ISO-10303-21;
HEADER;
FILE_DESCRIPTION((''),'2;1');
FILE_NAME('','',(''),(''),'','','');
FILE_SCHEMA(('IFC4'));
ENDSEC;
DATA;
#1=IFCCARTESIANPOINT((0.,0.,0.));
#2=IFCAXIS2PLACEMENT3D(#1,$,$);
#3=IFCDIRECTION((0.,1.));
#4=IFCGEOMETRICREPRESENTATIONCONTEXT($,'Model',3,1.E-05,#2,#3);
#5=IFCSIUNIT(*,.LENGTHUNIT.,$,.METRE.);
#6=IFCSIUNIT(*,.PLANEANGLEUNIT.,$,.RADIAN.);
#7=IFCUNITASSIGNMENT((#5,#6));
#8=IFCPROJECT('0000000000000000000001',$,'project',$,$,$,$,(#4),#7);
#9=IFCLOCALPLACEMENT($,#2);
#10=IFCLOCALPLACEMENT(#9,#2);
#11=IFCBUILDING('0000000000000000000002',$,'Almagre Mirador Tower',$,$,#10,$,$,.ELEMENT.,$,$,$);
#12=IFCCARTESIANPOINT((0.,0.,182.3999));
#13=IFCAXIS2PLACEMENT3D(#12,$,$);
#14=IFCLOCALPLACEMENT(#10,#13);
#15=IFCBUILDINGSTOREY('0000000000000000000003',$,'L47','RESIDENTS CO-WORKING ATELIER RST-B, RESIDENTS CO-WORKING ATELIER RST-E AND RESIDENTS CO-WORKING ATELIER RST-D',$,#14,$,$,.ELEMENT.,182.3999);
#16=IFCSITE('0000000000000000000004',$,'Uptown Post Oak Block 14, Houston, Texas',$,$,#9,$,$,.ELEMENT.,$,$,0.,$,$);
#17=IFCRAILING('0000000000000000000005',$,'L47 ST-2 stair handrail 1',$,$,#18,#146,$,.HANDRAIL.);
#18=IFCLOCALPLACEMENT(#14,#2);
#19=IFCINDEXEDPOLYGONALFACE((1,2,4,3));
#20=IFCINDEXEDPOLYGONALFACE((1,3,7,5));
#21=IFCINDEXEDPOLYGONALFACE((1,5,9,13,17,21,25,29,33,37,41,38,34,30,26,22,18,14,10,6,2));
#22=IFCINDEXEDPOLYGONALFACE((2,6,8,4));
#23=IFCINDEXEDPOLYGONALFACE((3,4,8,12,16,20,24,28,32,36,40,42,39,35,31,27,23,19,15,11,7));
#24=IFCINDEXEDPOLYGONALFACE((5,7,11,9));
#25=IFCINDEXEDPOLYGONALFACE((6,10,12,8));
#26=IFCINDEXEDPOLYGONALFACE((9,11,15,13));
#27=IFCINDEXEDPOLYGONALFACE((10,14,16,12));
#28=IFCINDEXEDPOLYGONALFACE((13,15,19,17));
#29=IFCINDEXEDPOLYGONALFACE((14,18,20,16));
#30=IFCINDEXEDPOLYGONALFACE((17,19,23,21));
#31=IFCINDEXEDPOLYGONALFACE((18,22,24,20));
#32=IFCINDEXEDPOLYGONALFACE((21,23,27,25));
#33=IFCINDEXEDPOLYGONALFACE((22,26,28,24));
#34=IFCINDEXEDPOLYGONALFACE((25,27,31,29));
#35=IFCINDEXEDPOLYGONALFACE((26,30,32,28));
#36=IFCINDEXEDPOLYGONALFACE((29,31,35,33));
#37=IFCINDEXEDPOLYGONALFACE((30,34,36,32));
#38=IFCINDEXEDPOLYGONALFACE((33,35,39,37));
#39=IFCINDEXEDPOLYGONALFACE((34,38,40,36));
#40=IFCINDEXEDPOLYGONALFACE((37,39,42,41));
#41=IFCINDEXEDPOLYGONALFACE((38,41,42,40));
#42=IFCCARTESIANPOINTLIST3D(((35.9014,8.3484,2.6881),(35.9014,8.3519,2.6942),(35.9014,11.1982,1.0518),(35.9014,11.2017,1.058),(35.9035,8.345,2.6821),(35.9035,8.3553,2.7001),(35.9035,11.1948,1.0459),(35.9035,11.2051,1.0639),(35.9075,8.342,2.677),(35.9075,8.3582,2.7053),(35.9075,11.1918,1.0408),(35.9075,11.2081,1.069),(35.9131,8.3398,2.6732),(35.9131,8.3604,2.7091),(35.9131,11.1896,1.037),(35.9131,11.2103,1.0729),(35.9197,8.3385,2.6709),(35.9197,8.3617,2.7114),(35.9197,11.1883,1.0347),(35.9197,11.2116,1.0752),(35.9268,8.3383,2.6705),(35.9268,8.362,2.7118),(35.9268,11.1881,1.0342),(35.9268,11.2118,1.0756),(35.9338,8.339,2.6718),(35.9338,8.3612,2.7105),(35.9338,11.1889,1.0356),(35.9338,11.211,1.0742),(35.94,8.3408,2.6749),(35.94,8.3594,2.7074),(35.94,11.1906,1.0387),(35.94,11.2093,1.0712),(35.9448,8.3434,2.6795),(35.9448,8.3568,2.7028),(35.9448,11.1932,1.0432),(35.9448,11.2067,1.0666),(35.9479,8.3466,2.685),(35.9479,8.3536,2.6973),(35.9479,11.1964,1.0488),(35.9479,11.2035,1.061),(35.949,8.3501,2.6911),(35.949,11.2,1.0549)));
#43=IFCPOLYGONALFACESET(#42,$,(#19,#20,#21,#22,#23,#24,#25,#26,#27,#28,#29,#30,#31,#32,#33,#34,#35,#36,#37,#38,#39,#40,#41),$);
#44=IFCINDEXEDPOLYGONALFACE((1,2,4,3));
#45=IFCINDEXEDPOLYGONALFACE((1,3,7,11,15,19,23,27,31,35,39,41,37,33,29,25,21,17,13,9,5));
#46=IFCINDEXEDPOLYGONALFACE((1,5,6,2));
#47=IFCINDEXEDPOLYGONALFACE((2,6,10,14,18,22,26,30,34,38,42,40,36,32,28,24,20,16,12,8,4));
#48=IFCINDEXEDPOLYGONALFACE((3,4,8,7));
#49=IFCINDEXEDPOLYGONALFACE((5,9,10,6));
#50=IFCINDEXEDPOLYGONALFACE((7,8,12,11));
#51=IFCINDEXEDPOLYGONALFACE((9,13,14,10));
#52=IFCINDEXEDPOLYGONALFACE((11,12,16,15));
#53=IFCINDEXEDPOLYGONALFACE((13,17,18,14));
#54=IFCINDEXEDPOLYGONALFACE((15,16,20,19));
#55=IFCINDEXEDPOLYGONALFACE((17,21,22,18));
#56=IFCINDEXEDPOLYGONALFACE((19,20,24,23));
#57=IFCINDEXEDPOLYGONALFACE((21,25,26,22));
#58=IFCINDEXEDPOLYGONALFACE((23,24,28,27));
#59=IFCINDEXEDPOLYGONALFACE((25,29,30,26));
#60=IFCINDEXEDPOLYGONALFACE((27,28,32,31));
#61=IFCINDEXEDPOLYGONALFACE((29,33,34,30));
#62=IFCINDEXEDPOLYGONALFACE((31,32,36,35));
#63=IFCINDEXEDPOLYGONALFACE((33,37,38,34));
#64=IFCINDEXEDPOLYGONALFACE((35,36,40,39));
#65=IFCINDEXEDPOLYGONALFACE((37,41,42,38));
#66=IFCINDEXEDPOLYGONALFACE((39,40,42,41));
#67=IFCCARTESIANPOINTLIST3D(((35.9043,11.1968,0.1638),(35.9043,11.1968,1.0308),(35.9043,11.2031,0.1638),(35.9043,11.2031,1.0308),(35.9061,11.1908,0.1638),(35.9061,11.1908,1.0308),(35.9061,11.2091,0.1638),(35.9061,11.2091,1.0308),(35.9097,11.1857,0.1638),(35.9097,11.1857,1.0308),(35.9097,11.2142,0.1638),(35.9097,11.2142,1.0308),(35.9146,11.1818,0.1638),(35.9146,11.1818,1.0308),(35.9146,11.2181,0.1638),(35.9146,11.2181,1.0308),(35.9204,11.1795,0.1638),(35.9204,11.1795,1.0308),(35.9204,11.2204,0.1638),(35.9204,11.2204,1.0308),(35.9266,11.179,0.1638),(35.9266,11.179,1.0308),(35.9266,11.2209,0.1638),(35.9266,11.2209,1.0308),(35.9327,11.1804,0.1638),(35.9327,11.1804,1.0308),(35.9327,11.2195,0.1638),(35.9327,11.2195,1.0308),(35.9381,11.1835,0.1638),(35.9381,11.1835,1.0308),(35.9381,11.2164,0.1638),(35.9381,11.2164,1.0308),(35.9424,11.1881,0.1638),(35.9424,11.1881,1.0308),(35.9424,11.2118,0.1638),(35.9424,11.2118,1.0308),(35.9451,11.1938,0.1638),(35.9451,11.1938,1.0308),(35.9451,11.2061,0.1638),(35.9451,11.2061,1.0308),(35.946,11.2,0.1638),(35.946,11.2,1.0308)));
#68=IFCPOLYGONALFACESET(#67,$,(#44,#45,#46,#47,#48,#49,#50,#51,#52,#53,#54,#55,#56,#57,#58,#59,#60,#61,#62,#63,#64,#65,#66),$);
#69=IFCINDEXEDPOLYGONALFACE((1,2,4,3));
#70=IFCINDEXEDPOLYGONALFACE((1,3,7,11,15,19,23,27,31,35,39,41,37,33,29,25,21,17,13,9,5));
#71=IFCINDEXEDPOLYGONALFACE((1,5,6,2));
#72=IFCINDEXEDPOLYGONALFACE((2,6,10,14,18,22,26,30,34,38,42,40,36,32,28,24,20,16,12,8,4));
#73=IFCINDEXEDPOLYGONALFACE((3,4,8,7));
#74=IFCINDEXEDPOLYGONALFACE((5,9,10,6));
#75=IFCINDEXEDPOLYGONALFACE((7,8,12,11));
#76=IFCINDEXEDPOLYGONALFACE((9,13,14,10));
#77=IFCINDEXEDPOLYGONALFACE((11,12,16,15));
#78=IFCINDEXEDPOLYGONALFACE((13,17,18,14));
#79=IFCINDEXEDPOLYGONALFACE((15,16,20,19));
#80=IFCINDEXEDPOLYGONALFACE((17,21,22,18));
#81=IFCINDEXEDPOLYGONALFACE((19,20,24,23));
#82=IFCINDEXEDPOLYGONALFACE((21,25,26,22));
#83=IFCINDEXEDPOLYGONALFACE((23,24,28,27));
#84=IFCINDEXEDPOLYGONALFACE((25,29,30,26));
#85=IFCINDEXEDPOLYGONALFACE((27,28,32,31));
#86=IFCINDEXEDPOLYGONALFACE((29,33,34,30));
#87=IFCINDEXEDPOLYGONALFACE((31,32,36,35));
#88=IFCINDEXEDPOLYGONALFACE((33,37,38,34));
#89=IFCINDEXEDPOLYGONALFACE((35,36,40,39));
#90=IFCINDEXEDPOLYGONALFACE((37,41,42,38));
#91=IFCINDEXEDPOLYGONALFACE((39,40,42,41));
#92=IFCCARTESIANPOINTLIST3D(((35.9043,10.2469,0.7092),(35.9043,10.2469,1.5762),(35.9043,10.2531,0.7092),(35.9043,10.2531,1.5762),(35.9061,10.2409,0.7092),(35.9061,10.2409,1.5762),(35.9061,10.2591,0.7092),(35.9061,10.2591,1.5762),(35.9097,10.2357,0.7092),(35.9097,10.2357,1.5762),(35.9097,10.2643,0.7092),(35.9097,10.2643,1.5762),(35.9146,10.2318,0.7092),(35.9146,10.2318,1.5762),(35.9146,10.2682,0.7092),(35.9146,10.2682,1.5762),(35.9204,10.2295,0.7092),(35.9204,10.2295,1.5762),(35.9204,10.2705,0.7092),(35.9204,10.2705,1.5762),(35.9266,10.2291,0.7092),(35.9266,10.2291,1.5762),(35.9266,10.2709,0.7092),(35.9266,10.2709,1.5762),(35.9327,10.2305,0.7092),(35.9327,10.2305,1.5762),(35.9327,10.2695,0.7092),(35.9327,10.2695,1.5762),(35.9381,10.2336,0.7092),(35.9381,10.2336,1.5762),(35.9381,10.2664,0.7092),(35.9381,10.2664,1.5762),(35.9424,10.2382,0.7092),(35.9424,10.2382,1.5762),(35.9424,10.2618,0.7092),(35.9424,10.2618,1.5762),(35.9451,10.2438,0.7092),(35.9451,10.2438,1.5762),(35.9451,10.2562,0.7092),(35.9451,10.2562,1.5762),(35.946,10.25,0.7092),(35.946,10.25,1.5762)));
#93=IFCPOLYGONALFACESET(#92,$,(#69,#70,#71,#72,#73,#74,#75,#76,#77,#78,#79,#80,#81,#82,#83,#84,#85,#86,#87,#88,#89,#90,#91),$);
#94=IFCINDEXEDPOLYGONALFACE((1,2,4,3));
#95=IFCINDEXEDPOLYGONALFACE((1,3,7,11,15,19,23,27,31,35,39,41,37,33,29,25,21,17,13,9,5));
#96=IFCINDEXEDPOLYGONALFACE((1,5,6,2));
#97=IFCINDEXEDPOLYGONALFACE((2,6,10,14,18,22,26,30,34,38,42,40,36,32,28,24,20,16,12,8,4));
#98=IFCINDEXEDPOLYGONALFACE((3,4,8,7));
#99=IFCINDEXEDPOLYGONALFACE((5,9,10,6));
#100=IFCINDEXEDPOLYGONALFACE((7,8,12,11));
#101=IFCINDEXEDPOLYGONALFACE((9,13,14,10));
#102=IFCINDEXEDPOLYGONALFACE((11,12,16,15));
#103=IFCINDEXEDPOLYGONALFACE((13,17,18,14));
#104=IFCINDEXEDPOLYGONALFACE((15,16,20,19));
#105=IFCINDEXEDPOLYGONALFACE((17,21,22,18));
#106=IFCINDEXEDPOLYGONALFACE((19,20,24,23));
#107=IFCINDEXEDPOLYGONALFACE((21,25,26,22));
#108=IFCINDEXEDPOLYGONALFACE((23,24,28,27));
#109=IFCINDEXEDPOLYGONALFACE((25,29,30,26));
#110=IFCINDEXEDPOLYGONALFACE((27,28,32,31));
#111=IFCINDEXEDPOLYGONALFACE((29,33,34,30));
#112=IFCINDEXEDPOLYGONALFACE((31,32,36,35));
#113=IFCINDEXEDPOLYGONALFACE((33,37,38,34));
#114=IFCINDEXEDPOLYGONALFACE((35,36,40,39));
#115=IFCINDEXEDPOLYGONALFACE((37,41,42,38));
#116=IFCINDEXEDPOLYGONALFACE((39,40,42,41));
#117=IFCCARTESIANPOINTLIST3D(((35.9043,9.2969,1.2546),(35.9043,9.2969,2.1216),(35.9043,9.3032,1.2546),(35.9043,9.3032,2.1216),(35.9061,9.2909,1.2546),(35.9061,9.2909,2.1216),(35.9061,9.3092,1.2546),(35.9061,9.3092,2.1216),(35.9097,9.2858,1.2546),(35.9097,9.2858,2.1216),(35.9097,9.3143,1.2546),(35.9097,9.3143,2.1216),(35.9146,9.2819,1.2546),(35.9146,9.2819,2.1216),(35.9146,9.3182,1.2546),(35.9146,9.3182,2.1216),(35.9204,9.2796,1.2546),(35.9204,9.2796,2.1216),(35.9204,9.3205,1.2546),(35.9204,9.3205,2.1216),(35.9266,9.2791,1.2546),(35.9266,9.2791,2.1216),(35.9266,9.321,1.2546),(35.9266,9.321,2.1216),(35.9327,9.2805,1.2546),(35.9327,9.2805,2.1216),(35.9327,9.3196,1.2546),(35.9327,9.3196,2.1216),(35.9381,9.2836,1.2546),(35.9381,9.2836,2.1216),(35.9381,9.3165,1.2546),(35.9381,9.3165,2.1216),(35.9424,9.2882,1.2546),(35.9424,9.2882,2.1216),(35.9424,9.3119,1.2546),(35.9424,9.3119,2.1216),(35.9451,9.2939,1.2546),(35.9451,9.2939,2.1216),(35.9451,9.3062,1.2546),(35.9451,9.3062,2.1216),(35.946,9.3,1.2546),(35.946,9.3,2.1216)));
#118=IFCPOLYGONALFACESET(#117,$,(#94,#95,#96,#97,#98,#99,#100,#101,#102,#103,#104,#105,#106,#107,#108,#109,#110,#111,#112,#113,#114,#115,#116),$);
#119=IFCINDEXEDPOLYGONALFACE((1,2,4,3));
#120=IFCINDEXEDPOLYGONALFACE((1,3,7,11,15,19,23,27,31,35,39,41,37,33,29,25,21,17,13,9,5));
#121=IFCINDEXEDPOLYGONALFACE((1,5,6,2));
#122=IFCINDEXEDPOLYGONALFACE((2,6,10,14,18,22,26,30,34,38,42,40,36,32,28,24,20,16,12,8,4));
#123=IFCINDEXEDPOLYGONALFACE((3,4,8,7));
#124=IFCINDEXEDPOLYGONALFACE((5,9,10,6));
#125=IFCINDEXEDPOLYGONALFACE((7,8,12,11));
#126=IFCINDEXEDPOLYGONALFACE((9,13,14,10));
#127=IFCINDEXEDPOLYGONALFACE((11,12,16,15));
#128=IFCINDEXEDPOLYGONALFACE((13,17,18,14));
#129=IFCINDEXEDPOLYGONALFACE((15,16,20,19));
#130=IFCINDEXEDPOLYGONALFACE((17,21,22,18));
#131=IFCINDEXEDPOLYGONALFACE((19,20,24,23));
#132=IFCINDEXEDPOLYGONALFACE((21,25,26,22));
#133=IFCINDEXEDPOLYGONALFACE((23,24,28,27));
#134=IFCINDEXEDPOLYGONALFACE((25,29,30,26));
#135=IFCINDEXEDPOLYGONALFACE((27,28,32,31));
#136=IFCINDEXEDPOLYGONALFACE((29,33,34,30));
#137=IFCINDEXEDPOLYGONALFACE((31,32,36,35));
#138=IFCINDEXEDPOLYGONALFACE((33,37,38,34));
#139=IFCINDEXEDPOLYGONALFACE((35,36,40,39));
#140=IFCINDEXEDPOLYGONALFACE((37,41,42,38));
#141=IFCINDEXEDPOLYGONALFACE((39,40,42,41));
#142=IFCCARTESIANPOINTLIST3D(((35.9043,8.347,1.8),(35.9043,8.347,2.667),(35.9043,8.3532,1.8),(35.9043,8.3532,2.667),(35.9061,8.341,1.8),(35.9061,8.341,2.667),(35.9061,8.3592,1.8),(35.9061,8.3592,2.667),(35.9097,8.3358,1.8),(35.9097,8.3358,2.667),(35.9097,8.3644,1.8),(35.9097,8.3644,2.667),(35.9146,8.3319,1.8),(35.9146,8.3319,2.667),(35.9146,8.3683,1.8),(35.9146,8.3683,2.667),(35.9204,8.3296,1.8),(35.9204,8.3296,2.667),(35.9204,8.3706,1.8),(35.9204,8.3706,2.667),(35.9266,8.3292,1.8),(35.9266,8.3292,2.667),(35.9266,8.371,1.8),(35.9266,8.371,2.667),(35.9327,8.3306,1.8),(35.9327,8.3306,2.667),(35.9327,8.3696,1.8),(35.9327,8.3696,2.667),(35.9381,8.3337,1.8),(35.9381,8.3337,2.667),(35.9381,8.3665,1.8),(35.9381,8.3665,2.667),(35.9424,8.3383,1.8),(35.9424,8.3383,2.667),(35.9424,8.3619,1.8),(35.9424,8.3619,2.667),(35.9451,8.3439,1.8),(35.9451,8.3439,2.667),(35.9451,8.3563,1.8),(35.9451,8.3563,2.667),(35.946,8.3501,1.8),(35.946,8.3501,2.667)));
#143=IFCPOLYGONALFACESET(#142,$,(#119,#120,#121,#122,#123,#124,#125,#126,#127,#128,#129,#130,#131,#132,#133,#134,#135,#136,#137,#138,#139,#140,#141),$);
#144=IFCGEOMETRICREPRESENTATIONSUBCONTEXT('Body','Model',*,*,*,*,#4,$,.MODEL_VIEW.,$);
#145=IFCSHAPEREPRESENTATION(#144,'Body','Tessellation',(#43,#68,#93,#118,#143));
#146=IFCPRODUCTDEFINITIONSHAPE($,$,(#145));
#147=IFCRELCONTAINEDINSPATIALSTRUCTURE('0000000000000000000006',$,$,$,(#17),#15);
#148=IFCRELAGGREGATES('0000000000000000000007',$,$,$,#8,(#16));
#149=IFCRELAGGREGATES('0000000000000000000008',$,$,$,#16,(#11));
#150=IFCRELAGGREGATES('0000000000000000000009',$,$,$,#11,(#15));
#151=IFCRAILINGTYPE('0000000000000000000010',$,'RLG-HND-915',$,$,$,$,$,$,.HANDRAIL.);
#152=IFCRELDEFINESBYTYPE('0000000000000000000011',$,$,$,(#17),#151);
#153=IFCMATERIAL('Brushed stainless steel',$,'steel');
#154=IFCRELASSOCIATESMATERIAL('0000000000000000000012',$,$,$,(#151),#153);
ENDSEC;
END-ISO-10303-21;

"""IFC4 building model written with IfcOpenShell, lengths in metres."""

from ifc_helpers import new_model, si_unit, direction, frame, origin, origin_2d, place, context, subcontext, project, spatial, circle, extrude, material, type_object, element, save


model = new_model("IFC4")

# Units and contexts
model_context = context("Model", 3, precision=1e-05, world=origin(), true_north=direction((0.0, 1.0)))
body_context = subcontext(model_context, "Body", "Model", "MODEL_VIEW")
ifc_project = project(units=[si_unit("LENGTHUNIT", "METRE"), si_unit("PLANEANGLEUNIT", "RADIAN")], contexts=[model_context])

# Site, building, storey
site_placement = place(None, origin())
site = spatial("IfcSite", under=ifc_project, at=site_placement, Name="Uptown Post Oak Block 14, Houston, Texas", CompositionType="ELEMENT", RefElevation=0.0)
building_placement = place(site_placement, origin())
building = spatial("IfcBuilding", under=site, at=building_placement, Name="Almagre Mirador Tower", CompositionType="ELEMENT")
storey_placement = place(building_placement, frame((0.0, 0.0, 182.3999)))
storey = spatial("IfcBuildingStorey", under=building, at=storey_placement, Name="L47", Description="RESIDENTS CO-WORKING ATELIER RST-B, RESIDENTS CO-WORKING ATELIER RST-E AND RESIDENTS CO-WORKING ATELIER RST-D", CompositionType="ELEMENT", Elevation=182.3999)

# Railing
ifc_material_1 = material(Name="Brushed stainless steel", Category="steel")
railing_type_1 = type_object("IfcRailingType", Name="RLG-HND-915", PredefinedType="HANDRAIL", material=ifc_material_1)
railing_1_placement = place(storey_placement, frame((35.925, 11.2, 0.1638)))
element("IfcRailing", 1, at=railing_1_placement, inside=storey, type_object=railing_type_1, Name="L47 ST-2 stair handrail 1", PredefinedType="HANDRAIL", context=body_context, shape_type="SweptSolid", body=[
    extrude(circle(Radius=0.0239, at=origin_2d()), frame((0.0, 0.0, 0.8911), z_axis=(0.0, -0.867226, 0.497914), x_axis=(1.0, 0.0, 0.0)), (0.0, 0.0, 1.0), 3.2861),
    extrude(circle(Radius=0.021, at=origin_2d()), origin(), (0.0, 0.0, 1.0), 0.8669),
    extrude(circle(Radius=0.021, at=origin_2d()), frame((0.0, -0.95, 0.5454)), (0.0, 0.0, 1.0), 0.8669),
    extrude(circle(Radius=0.021, at=origin_2d()), frame((0.0, -1.8999, 1.0908)), (0.0, 0.0, 1.0), 0.8669),
    extrude(circle(Radius=0.021, at=origin_2d()), frame((0.0, -2.8499, 1.6362)), (0.0, 0.0, 1.0), 0.8669),
])

save(model, "model.ifc")
